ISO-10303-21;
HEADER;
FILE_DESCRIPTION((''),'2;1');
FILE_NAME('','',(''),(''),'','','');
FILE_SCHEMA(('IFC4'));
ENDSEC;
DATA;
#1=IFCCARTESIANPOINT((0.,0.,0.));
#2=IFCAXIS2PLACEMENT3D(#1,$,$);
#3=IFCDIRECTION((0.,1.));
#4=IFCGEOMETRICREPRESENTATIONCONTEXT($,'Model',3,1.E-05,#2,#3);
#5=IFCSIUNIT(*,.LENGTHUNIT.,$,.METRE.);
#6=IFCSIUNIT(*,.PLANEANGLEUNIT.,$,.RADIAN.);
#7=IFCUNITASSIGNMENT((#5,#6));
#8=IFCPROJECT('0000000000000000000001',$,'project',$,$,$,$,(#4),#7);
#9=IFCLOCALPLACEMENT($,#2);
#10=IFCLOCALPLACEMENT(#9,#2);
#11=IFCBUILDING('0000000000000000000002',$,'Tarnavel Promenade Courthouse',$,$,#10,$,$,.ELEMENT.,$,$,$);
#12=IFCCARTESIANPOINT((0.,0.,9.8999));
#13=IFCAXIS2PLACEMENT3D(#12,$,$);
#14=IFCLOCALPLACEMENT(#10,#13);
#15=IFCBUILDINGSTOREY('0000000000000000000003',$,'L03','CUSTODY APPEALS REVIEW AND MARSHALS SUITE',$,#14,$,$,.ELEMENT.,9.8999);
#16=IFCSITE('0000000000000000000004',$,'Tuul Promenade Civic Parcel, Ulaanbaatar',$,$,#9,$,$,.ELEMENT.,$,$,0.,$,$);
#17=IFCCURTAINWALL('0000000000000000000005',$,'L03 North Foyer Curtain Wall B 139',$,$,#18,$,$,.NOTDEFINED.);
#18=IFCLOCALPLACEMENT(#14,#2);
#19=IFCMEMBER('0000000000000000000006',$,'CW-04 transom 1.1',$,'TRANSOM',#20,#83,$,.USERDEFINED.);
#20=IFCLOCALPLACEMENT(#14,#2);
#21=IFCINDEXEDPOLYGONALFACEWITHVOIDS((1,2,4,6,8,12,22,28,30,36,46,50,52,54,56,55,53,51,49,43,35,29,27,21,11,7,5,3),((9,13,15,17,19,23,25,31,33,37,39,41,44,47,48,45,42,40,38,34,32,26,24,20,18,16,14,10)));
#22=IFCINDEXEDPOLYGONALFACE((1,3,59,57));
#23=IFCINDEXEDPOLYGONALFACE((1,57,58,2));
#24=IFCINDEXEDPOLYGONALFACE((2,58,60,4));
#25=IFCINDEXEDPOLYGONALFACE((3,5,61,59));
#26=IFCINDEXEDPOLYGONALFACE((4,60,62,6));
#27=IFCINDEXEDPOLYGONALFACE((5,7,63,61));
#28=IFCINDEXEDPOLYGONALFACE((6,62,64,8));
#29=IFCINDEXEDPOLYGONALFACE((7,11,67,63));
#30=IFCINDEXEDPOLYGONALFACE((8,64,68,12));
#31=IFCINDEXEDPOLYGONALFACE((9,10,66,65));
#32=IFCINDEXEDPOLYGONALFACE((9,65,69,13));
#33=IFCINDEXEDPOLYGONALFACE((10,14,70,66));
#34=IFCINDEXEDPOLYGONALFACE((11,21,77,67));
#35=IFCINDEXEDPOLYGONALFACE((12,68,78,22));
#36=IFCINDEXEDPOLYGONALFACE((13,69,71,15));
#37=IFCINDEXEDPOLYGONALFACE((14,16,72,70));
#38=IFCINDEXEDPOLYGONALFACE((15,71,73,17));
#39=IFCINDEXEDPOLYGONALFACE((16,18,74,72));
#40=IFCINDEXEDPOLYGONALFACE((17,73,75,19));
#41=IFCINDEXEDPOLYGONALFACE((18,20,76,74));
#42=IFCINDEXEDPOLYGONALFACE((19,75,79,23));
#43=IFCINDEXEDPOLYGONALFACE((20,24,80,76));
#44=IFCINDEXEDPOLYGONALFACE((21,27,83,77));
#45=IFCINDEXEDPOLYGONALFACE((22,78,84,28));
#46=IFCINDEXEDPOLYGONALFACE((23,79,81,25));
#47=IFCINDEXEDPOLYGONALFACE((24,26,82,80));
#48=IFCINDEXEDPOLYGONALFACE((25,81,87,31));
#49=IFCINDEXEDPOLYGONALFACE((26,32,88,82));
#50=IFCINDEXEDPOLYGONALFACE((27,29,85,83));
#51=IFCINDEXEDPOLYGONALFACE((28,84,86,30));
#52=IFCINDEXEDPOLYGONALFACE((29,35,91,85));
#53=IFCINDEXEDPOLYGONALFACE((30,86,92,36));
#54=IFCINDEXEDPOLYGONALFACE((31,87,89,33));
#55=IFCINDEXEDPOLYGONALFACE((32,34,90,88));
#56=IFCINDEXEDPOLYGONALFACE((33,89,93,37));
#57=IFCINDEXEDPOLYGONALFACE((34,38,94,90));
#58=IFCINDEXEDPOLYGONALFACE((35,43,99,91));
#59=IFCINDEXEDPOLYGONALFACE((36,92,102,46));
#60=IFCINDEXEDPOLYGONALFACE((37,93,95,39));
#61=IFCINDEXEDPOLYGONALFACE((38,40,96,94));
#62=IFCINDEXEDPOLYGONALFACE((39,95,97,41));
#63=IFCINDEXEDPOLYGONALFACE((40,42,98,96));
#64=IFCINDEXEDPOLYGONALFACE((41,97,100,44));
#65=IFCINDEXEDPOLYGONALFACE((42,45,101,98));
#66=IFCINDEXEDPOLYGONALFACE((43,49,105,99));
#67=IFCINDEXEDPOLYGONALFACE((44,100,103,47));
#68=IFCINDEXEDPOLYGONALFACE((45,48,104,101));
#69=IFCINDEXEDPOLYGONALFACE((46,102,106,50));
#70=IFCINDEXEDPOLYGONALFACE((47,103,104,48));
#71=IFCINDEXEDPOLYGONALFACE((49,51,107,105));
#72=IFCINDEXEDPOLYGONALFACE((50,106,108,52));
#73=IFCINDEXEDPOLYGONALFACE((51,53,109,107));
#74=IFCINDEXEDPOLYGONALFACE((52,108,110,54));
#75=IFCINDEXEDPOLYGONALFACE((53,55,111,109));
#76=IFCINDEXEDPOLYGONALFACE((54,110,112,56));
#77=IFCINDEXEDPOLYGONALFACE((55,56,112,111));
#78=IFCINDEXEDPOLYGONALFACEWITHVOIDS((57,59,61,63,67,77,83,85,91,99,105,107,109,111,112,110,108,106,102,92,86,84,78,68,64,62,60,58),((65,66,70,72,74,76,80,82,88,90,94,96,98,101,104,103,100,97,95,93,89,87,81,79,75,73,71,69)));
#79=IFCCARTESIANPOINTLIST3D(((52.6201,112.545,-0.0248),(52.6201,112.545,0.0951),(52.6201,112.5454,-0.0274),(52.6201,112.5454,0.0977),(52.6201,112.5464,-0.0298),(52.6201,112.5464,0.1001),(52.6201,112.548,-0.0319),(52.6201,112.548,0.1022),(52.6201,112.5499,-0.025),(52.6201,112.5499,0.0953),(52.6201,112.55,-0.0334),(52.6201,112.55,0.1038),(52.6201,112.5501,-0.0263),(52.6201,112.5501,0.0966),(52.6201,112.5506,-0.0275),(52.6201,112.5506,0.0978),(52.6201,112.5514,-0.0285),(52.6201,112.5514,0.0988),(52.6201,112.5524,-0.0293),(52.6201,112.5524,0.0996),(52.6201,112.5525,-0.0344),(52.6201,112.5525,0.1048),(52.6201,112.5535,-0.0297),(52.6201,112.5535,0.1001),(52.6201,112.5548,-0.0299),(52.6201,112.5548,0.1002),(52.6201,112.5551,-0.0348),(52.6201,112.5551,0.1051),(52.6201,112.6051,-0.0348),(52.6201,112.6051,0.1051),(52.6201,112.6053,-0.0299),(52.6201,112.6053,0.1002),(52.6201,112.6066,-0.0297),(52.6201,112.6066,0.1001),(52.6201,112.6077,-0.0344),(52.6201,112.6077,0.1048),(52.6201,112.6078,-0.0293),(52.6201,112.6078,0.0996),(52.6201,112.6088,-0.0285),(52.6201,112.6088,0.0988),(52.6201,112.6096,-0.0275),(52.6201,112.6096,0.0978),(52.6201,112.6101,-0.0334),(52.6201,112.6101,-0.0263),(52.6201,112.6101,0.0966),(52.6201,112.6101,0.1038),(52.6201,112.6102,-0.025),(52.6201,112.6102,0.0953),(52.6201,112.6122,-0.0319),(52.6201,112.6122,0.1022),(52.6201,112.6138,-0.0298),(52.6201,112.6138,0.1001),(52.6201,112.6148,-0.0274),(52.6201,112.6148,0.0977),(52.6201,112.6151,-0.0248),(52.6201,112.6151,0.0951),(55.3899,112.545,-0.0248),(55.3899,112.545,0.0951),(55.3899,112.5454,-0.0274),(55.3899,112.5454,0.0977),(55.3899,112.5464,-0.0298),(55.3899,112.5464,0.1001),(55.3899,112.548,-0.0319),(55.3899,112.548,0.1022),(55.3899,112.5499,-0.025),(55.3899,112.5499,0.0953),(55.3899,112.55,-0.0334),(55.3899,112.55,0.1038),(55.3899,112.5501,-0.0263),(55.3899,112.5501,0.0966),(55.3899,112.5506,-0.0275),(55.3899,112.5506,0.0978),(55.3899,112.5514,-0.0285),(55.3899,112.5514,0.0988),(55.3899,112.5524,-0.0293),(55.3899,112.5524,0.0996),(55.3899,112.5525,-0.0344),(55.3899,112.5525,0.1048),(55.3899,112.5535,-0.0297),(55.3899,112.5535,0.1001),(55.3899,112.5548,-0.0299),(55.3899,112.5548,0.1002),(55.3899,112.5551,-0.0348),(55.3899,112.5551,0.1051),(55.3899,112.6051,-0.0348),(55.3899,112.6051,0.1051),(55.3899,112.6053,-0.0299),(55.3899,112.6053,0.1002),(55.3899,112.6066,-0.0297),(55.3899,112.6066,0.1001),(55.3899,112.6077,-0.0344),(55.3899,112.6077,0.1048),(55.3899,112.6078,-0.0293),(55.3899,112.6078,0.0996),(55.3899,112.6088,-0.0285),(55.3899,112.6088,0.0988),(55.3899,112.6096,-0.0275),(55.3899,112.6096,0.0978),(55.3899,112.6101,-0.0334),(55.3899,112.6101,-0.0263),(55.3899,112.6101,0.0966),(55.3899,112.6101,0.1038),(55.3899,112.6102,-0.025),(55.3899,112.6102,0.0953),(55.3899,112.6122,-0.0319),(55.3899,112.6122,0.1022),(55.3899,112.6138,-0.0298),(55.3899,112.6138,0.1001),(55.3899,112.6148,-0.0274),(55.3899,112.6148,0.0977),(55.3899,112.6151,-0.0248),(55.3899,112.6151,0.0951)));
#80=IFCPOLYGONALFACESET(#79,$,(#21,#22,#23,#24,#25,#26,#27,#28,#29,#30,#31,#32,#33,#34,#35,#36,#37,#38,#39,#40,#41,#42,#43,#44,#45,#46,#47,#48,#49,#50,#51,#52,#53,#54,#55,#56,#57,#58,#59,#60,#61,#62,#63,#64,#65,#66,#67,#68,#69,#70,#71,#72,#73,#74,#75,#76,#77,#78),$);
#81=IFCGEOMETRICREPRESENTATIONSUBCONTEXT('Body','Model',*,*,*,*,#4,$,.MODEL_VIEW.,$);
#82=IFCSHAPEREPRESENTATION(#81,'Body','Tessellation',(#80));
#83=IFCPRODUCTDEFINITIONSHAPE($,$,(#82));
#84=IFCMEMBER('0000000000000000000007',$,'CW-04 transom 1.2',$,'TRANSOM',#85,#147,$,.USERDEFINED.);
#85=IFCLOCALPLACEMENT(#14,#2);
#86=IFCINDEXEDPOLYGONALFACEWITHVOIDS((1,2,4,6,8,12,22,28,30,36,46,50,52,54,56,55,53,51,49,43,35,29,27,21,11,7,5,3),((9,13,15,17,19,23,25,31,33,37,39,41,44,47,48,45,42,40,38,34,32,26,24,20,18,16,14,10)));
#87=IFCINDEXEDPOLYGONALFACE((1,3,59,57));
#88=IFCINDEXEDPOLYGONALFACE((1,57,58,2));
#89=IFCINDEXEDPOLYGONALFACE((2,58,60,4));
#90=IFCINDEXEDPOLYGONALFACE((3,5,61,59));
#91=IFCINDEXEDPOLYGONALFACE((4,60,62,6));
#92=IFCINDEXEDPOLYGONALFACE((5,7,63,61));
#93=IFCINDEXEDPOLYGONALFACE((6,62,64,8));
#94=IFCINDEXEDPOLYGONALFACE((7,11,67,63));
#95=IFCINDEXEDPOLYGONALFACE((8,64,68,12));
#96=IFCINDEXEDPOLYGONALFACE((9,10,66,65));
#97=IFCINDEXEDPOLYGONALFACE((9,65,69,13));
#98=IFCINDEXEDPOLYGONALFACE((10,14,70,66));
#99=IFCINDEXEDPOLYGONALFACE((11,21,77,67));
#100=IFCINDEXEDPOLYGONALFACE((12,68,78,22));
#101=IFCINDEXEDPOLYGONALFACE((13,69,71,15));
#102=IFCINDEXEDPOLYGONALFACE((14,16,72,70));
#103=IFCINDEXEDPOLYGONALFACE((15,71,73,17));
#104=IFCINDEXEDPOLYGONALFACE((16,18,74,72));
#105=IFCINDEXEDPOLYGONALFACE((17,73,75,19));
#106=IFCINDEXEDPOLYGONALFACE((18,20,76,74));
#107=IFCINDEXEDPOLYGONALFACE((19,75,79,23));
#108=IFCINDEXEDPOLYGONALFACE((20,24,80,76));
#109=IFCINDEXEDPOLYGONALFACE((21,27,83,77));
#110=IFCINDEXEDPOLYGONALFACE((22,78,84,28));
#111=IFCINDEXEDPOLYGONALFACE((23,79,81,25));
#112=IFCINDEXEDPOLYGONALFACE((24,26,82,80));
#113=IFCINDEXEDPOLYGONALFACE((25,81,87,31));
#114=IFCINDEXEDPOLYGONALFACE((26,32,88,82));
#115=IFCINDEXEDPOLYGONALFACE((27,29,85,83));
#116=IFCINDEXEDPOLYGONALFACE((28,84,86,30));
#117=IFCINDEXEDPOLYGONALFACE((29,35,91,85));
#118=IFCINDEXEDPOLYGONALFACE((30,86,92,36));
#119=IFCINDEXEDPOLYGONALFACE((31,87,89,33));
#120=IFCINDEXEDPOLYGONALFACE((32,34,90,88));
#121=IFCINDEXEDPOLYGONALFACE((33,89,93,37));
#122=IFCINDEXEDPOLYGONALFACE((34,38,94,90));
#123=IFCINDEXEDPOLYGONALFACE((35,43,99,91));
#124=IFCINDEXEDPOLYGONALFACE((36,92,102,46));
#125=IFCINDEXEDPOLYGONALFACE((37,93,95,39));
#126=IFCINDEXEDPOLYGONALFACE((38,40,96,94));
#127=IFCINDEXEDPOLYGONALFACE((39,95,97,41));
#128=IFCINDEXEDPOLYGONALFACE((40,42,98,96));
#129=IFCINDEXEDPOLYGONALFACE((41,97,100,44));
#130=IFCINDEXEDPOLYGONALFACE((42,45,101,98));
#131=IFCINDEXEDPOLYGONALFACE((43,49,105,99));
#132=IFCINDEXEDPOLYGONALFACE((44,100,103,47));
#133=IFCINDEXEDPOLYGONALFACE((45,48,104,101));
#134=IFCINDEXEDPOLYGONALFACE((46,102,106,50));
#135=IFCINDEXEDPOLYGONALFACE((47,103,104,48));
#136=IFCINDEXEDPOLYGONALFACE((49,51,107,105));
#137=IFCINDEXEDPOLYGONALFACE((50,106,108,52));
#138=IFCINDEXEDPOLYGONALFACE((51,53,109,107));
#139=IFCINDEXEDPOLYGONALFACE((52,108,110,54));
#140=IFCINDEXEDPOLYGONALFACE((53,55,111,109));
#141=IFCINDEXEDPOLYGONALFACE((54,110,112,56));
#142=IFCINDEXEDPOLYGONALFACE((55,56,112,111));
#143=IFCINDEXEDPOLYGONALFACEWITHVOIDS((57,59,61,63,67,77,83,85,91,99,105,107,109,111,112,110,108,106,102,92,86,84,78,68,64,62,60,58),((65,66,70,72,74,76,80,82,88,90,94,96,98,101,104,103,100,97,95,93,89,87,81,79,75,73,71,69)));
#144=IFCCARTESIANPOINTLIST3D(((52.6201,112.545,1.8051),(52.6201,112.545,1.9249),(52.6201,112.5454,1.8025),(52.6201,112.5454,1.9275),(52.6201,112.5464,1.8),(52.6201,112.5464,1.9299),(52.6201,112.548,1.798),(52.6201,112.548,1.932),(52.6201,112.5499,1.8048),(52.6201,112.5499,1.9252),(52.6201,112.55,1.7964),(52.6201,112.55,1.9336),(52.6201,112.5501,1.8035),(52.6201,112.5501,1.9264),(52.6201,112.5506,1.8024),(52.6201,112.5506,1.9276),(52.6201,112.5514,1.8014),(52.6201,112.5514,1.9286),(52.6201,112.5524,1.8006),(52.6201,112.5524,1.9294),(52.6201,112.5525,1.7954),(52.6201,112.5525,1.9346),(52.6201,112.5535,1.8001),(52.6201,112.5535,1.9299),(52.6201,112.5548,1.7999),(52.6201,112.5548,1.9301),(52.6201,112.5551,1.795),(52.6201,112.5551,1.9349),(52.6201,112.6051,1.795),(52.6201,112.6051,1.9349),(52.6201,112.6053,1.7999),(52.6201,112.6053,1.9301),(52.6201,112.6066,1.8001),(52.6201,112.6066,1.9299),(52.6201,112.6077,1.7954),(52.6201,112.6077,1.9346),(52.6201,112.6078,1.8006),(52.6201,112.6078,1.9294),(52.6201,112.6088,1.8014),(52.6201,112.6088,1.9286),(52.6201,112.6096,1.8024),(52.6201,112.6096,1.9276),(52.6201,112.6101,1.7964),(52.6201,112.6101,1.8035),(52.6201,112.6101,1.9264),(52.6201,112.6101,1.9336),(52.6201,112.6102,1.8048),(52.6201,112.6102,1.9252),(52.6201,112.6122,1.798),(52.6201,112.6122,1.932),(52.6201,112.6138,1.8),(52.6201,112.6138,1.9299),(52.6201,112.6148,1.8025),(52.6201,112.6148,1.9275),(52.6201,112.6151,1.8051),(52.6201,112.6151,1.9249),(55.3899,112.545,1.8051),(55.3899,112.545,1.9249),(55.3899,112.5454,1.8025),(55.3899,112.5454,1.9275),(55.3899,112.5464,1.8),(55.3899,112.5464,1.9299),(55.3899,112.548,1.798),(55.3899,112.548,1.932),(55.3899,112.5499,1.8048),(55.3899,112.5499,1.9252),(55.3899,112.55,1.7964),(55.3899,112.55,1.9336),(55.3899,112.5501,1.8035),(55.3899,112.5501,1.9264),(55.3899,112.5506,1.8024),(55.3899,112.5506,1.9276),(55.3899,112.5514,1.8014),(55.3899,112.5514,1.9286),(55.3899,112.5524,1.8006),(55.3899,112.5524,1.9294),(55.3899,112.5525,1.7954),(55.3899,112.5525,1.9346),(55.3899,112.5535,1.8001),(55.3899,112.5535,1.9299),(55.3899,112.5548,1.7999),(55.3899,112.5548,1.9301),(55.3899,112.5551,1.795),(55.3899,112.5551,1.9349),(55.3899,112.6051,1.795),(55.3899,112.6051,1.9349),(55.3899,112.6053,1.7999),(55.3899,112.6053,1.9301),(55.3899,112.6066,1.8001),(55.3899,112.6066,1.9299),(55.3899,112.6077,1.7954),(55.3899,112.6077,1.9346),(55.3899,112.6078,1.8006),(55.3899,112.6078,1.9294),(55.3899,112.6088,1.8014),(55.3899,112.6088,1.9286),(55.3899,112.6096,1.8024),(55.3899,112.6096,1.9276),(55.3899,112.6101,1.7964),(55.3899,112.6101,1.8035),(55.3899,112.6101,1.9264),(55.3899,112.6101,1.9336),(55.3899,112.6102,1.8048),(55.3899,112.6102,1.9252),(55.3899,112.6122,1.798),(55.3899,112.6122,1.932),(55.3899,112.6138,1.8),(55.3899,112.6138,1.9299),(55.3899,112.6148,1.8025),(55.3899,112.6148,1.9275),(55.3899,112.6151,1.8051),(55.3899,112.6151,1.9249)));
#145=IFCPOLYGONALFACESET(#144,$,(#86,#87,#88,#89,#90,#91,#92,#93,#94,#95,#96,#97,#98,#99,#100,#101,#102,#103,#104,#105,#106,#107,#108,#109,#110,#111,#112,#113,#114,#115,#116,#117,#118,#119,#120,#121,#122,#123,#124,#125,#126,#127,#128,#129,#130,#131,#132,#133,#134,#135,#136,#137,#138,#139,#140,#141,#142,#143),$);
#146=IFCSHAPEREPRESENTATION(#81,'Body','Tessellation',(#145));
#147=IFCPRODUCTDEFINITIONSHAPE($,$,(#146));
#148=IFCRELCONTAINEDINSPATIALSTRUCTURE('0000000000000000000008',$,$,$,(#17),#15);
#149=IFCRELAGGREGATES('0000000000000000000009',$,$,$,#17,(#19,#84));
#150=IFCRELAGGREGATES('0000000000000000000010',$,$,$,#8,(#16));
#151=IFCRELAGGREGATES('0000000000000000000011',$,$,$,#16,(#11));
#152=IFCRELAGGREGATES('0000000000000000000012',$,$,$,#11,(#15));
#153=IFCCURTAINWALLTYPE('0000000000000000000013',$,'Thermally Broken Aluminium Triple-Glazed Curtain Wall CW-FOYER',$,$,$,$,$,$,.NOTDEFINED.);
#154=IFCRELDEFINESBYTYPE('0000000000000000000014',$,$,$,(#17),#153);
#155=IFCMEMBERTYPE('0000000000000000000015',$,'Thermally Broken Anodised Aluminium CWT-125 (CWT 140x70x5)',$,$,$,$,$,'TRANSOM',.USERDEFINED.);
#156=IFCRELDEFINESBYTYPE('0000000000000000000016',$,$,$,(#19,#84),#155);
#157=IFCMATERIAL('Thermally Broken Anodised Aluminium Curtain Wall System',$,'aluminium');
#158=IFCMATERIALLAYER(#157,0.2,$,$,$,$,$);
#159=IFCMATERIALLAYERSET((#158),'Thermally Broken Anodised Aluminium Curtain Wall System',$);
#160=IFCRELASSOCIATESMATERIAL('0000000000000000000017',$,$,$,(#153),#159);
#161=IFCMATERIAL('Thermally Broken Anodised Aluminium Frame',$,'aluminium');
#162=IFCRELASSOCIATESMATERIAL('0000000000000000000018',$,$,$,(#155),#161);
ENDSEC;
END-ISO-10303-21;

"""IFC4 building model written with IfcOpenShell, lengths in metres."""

from ifc_helpers import new_model, si_unit, direction, frame, origin, origin_2d, place, context, subcontext, project, spatial, hollow_rectangle, extrude, material, layer, layer_set, material_profile, profile_set, type_object, element, aggregate, save


model = new_model("IFC4")

# Units and contexts
model_context = context("Model", 3, precision=1e-05, world=origin(), true_north=direction((0.0, 1.0)))
body_context = subcontext(model_context, "Body", "Model", "MODEL_VIEW")
ifc_project = project(units=[si_unit("LENGTHUNIT", "METRE"), si_unit("PLANEANGLEUNIT", "RADIAN")], contexts=[model_context])

# Site, building, storey
site_placement = place(None, origin())
site = spatial("IfcSite", under=ifc_project, at=site_placement, Name="Tuul Promenade Civic Parcel, Ulaanbaatar", CompositionType="ELEMENT", RefElevation=0.0)
building_placement = place(site_placement, origin())
building = spatial("IfcBuilding", under=site, at=building_placement, Name="Tarnavel Promenade Courthouse", CompositionType="ELEMENT")
storey_placement = place(building_placement, frame((0.0, 0.0, 9.8999)))
storey = spatial("IfcBuildingStorey", under=building, at=storey_placement, Name="L03", Description="CUSTODY APPEALS REVIEW AND MARSHALS SUITE", CompositionType="ELEMENT", Elevation=9.8999)

# Curtain wall
ifc_material_1 = material(Name="Thermally Broken Anodised Aluminium Curtain Wall System", Category="aluminium")
ifc_layer_1 = layer(ifc_material_1, 0.2)
ifc_layer_set_1 = layer_set([ifc_layer_1], Name="Thermally Broken Anodised Aluminium Curtain Wall System")
curtain_wall_type = type_object("IfcCurtainWallType", Name="Thermally Broken Aluminium Triple-Glazed Curtain Wall CW-FOYER", PredefinedType="NOTDEFINED", material=ifc_layer_set_1)
curtain_wall_1_placement = place(storey_placement, origin())
curtain_wall_1 = element("IfcCurtainWall", 1, at=curtain_wall_1_placement, inside=storey, type_object=curtain_wall_type, Name="L03 North Foyer Curtain Wall B 139", PredefinedType="NOTDEFINED")
ifc_material_2 = material(Name="Thermally Broken Anodised Aluminium Frame", Category="aluminium")

# Members
ifc_material_profile_1 = material_profile(ifc_material_2, hollow_rectangle(XDim=0.0701, YDim=0.1399, WallThickness=0.0049, InnerFilletRadius=0.0049, OuterFilletRadius=0.01, at=origin_2d()), Name="CWT 140x70x5")
ifc_profile_set_1 = profile_set([ifc_material_profile_1], Name="Thermally Broken Anodised Aluminium Frame")
member_type_1 = type_object("IfcMemberType", Name="Thermally Broken Anodised Aluminium CWT-125 (CWT 140x70x5)", ElementType="TRANSOM", PredefinedType="USERDEFINED", material=ifc_profile_set_1)
member_1_placement = place(storey_placement, frame((52.6201, 112.5801, 0.0352), z_axis=(1.0, 0.0, 0.0), x_axis=(0.0, 1.0, 0.0)))
member_1 = element("IfcMember", 2, at=member_1_placement, type_object=member_type_1, Name="CW-04 transom 1.1", ObjectType="TRANSOM", PredefinedType="USERDEFINED", context=body_context, shape_type="SweptSolid", body=[
    extrude(hollow_rectangle(XDim=0.0701, YDim=0.1399, WallThickness=0.0049, InnerFilletRadius=0.0049, OuterFilletRadius=0.01, at=origin_2d()), origin(), (0.0, 0.0, 1.0), 2.7698),
])
member_2_placement = place(storey_placement, frame((52.6201, 112.5801, 1.865), z_axis=(1.0, 0.0, 0.0), x_axis=(0.0, 1.0, 0.0)))
member_2 = element("IfcMember", 3, at=member_2_placement, type_object=member_type_1, Name="CW-04 transom 1.2", ObjectType="TRANSOM", PredefinedType="USERDEFINED", context=body_context, shape_type="SweptSolid", body=[
    extrude(hollow_rectangle(XDim=0.0701, YDim=0.1399, WallThickness=0.0049, InnerFilletRadius=0.0049, OuterFilletRadius=0.01, at=origin_2d()), origin(), (0.0, 0.0, 1.0), 2.7698),
])

aggregate(curtain_wall_1, [member_1, member_2])

save(model, "model.ifc")
